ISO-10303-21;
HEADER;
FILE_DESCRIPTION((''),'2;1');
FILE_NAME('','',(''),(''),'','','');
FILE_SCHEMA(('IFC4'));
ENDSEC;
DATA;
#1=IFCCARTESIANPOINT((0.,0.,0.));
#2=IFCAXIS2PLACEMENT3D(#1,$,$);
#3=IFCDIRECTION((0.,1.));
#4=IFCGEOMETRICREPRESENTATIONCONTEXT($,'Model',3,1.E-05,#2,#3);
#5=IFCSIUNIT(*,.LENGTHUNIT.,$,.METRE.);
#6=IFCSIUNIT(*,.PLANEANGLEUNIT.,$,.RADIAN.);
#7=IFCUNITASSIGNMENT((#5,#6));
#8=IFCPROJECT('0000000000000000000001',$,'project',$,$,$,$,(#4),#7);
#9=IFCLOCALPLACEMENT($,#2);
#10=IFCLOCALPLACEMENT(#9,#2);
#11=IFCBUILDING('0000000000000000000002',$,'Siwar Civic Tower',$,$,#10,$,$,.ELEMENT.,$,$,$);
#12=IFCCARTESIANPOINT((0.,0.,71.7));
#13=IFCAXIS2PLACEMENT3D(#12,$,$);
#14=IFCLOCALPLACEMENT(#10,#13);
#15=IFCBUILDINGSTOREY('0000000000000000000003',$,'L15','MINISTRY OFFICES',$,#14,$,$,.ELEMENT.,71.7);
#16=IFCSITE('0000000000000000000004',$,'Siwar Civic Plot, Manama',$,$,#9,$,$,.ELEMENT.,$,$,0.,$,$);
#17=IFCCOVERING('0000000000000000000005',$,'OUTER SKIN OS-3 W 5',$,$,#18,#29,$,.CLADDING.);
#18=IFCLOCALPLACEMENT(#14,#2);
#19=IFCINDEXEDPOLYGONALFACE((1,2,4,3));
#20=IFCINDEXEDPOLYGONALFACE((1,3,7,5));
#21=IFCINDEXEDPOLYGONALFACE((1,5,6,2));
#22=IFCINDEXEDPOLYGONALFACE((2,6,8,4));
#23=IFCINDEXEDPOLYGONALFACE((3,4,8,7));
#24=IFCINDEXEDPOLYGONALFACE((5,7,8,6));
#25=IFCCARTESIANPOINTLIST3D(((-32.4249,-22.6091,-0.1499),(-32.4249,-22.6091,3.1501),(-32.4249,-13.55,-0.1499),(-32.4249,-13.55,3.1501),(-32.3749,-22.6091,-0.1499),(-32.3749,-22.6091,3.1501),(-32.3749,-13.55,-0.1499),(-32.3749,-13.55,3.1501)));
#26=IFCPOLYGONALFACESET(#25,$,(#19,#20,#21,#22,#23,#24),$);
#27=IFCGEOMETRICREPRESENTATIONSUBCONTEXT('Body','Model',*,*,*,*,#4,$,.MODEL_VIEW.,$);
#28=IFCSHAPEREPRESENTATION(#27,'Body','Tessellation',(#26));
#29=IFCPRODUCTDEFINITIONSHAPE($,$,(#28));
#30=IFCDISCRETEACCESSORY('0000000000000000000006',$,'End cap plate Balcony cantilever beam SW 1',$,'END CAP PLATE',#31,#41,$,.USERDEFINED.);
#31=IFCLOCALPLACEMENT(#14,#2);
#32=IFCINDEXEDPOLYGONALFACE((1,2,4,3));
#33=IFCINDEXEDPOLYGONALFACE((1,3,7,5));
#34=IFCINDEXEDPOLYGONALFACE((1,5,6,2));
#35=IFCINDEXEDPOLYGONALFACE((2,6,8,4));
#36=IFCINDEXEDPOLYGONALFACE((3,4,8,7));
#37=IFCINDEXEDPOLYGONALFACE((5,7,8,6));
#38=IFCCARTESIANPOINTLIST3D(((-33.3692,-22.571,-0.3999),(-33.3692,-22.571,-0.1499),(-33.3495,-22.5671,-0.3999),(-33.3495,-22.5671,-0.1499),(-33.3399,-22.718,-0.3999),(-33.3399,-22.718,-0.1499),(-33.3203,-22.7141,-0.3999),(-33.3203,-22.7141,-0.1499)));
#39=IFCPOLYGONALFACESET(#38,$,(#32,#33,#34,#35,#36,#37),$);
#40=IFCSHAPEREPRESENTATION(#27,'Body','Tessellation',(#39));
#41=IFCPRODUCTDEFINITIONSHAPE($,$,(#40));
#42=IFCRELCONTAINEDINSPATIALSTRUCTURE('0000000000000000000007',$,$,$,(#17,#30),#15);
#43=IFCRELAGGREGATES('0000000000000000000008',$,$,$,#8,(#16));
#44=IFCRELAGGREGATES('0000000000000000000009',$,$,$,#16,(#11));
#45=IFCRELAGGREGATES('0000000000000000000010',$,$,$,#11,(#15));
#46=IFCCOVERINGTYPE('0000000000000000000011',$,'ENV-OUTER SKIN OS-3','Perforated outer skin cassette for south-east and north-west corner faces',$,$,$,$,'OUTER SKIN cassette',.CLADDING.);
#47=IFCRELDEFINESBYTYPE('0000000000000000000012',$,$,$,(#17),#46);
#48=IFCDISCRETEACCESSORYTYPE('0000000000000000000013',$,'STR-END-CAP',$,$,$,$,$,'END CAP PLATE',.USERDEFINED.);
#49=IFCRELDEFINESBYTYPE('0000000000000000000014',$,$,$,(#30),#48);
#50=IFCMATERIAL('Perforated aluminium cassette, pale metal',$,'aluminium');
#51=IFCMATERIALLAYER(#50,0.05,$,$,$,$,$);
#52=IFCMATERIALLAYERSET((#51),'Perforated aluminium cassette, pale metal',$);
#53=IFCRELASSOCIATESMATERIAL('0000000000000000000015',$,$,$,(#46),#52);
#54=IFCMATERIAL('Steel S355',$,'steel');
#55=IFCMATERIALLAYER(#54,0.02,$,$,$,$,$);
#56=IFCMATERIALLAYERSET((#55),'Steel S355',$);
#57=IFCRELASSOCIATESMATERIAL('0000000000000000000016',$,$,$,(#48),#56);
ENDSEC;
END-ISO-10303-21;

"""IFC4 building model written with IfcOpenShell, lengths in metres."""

from ifc_helpers import new_model, si_unit, direction, frame, origin, origin_2d, place, context, subcontext, project, spatial, rectangle, extrude, material, layer, layer_set, type_object, element, save


model = new_model("IFC4")

# Units and contexts
model_context = context("Model", 3, precision=1e-05, world=origin(), true_north=direction((0.0, 1.0)))
body_context = subcontext(model_context, "Body", "Model", "MODEL_VIEW")
ifc_project = project(units=[si_unit("LENGTHUNIT", "METRE"), si_unit("PLANEANGLEUNIT", "RADIAN")], contexts=[model_context])

# Site, building, storey
site_placement = place(None, origin())
site = spatial("IfcSite", under=ifc_project, at=site_placement, Name="Siwar Civic Plot, Manama", CompositionType="ELEMENT", RefElevation=0.0)
building_placement = place(site_placement, origin())
building = spatial("IfcBuilding", under=site, at=building_placement, Name="Siwar Civic Tower", CompositionType="ELEMENT")
storey_placement = place(building_placement, frame((0.0, 0.0, 71.7)))
storey = spatial("IfcBuildingStorey", under=building, at=storey_placement, Name="L15", Description="MINISTRY OFFICES", CompositionType="ELEMENT", Elevation=71.7)

# Covering
ifc_material_1 = material(Name="Perforated aluminium cassette, pale metal", Category="aluminium")
ifc_layer_1 = layer(ifc_material_1, 0.05)
ifc_layer_set_1 = layer_set([ifc_layer_1], Name="Perforated aluminium cassette, pale metal")
covering_type = type_object("IfcCoveringType", Name="ENV-OUTER SKIN OS-3", Description="Perforated outer skin cassette for south-east and north-west corner faces", ElementType="OUTER SKIN cassette", PredefinedType="CLADDING", material=ifc_layer_set_1)
covering_placement = place(storey_placement, frame((-32.3999, -18.0796, -0.1499), z_axis=(0.0, 0.0, 1.0), x_axis=(0.0, -1.0, 0.0)))
element("IfcCovering", 1, at=covering_placement, inside=storey, type_object=covering_type, Name="OUTER SKIN OS-3 W 5", PredefinedType="CLADDING", context=body_context, shape_type="SweptSolid", body=[
    extrude(rectangle(XDim=9.0591, YDim=0.05, at=origin_2d()), origin(), (0.0, 0.0, 1.0), 3.3),
])

# Discrete accessory
ifc_material_2 = material(Name="Steel S355", Category="steel")
ifc_layer_2 = layer(ifc_material_2, 0.02)
ifc_layer_set_2 = layer_set([ifc_layer_2], Name="Steel S355")
discrete_accessory_type = type_object("IfcDiscreteAccessoryType", Name="STR-END-CAP", ElementType="END CAP PLATE", PredefinedType="USERDEFINED", material=ifc_layer_set_2)
discrete_accessory_placement = place(storey_placement, frame((-33.3447, -22.6426, -0.3999), z_axis=(0.0, 0.0, 1.0), x_axis=(-0.980785, -0.19509, 0.0)))
element("IfcDiscreteAccessory", 2, at=discrete_accessory_placement, inside=storey, type_object=discrete_accessory_type, Name="End cap plate Balcony cantilever beam SW 1", ObjectType="END CAP PLATE", PredefinedType="USERDEFINED", context=body_context, shape_type="SweptSolid", body=[
    extrude(rectangle(XDim=0.02, YDim=0.1499, at=origin_2d()), origin(), (0.0, 0.0, 1.0), 0.25),
])

save(model, "model.ifc")
